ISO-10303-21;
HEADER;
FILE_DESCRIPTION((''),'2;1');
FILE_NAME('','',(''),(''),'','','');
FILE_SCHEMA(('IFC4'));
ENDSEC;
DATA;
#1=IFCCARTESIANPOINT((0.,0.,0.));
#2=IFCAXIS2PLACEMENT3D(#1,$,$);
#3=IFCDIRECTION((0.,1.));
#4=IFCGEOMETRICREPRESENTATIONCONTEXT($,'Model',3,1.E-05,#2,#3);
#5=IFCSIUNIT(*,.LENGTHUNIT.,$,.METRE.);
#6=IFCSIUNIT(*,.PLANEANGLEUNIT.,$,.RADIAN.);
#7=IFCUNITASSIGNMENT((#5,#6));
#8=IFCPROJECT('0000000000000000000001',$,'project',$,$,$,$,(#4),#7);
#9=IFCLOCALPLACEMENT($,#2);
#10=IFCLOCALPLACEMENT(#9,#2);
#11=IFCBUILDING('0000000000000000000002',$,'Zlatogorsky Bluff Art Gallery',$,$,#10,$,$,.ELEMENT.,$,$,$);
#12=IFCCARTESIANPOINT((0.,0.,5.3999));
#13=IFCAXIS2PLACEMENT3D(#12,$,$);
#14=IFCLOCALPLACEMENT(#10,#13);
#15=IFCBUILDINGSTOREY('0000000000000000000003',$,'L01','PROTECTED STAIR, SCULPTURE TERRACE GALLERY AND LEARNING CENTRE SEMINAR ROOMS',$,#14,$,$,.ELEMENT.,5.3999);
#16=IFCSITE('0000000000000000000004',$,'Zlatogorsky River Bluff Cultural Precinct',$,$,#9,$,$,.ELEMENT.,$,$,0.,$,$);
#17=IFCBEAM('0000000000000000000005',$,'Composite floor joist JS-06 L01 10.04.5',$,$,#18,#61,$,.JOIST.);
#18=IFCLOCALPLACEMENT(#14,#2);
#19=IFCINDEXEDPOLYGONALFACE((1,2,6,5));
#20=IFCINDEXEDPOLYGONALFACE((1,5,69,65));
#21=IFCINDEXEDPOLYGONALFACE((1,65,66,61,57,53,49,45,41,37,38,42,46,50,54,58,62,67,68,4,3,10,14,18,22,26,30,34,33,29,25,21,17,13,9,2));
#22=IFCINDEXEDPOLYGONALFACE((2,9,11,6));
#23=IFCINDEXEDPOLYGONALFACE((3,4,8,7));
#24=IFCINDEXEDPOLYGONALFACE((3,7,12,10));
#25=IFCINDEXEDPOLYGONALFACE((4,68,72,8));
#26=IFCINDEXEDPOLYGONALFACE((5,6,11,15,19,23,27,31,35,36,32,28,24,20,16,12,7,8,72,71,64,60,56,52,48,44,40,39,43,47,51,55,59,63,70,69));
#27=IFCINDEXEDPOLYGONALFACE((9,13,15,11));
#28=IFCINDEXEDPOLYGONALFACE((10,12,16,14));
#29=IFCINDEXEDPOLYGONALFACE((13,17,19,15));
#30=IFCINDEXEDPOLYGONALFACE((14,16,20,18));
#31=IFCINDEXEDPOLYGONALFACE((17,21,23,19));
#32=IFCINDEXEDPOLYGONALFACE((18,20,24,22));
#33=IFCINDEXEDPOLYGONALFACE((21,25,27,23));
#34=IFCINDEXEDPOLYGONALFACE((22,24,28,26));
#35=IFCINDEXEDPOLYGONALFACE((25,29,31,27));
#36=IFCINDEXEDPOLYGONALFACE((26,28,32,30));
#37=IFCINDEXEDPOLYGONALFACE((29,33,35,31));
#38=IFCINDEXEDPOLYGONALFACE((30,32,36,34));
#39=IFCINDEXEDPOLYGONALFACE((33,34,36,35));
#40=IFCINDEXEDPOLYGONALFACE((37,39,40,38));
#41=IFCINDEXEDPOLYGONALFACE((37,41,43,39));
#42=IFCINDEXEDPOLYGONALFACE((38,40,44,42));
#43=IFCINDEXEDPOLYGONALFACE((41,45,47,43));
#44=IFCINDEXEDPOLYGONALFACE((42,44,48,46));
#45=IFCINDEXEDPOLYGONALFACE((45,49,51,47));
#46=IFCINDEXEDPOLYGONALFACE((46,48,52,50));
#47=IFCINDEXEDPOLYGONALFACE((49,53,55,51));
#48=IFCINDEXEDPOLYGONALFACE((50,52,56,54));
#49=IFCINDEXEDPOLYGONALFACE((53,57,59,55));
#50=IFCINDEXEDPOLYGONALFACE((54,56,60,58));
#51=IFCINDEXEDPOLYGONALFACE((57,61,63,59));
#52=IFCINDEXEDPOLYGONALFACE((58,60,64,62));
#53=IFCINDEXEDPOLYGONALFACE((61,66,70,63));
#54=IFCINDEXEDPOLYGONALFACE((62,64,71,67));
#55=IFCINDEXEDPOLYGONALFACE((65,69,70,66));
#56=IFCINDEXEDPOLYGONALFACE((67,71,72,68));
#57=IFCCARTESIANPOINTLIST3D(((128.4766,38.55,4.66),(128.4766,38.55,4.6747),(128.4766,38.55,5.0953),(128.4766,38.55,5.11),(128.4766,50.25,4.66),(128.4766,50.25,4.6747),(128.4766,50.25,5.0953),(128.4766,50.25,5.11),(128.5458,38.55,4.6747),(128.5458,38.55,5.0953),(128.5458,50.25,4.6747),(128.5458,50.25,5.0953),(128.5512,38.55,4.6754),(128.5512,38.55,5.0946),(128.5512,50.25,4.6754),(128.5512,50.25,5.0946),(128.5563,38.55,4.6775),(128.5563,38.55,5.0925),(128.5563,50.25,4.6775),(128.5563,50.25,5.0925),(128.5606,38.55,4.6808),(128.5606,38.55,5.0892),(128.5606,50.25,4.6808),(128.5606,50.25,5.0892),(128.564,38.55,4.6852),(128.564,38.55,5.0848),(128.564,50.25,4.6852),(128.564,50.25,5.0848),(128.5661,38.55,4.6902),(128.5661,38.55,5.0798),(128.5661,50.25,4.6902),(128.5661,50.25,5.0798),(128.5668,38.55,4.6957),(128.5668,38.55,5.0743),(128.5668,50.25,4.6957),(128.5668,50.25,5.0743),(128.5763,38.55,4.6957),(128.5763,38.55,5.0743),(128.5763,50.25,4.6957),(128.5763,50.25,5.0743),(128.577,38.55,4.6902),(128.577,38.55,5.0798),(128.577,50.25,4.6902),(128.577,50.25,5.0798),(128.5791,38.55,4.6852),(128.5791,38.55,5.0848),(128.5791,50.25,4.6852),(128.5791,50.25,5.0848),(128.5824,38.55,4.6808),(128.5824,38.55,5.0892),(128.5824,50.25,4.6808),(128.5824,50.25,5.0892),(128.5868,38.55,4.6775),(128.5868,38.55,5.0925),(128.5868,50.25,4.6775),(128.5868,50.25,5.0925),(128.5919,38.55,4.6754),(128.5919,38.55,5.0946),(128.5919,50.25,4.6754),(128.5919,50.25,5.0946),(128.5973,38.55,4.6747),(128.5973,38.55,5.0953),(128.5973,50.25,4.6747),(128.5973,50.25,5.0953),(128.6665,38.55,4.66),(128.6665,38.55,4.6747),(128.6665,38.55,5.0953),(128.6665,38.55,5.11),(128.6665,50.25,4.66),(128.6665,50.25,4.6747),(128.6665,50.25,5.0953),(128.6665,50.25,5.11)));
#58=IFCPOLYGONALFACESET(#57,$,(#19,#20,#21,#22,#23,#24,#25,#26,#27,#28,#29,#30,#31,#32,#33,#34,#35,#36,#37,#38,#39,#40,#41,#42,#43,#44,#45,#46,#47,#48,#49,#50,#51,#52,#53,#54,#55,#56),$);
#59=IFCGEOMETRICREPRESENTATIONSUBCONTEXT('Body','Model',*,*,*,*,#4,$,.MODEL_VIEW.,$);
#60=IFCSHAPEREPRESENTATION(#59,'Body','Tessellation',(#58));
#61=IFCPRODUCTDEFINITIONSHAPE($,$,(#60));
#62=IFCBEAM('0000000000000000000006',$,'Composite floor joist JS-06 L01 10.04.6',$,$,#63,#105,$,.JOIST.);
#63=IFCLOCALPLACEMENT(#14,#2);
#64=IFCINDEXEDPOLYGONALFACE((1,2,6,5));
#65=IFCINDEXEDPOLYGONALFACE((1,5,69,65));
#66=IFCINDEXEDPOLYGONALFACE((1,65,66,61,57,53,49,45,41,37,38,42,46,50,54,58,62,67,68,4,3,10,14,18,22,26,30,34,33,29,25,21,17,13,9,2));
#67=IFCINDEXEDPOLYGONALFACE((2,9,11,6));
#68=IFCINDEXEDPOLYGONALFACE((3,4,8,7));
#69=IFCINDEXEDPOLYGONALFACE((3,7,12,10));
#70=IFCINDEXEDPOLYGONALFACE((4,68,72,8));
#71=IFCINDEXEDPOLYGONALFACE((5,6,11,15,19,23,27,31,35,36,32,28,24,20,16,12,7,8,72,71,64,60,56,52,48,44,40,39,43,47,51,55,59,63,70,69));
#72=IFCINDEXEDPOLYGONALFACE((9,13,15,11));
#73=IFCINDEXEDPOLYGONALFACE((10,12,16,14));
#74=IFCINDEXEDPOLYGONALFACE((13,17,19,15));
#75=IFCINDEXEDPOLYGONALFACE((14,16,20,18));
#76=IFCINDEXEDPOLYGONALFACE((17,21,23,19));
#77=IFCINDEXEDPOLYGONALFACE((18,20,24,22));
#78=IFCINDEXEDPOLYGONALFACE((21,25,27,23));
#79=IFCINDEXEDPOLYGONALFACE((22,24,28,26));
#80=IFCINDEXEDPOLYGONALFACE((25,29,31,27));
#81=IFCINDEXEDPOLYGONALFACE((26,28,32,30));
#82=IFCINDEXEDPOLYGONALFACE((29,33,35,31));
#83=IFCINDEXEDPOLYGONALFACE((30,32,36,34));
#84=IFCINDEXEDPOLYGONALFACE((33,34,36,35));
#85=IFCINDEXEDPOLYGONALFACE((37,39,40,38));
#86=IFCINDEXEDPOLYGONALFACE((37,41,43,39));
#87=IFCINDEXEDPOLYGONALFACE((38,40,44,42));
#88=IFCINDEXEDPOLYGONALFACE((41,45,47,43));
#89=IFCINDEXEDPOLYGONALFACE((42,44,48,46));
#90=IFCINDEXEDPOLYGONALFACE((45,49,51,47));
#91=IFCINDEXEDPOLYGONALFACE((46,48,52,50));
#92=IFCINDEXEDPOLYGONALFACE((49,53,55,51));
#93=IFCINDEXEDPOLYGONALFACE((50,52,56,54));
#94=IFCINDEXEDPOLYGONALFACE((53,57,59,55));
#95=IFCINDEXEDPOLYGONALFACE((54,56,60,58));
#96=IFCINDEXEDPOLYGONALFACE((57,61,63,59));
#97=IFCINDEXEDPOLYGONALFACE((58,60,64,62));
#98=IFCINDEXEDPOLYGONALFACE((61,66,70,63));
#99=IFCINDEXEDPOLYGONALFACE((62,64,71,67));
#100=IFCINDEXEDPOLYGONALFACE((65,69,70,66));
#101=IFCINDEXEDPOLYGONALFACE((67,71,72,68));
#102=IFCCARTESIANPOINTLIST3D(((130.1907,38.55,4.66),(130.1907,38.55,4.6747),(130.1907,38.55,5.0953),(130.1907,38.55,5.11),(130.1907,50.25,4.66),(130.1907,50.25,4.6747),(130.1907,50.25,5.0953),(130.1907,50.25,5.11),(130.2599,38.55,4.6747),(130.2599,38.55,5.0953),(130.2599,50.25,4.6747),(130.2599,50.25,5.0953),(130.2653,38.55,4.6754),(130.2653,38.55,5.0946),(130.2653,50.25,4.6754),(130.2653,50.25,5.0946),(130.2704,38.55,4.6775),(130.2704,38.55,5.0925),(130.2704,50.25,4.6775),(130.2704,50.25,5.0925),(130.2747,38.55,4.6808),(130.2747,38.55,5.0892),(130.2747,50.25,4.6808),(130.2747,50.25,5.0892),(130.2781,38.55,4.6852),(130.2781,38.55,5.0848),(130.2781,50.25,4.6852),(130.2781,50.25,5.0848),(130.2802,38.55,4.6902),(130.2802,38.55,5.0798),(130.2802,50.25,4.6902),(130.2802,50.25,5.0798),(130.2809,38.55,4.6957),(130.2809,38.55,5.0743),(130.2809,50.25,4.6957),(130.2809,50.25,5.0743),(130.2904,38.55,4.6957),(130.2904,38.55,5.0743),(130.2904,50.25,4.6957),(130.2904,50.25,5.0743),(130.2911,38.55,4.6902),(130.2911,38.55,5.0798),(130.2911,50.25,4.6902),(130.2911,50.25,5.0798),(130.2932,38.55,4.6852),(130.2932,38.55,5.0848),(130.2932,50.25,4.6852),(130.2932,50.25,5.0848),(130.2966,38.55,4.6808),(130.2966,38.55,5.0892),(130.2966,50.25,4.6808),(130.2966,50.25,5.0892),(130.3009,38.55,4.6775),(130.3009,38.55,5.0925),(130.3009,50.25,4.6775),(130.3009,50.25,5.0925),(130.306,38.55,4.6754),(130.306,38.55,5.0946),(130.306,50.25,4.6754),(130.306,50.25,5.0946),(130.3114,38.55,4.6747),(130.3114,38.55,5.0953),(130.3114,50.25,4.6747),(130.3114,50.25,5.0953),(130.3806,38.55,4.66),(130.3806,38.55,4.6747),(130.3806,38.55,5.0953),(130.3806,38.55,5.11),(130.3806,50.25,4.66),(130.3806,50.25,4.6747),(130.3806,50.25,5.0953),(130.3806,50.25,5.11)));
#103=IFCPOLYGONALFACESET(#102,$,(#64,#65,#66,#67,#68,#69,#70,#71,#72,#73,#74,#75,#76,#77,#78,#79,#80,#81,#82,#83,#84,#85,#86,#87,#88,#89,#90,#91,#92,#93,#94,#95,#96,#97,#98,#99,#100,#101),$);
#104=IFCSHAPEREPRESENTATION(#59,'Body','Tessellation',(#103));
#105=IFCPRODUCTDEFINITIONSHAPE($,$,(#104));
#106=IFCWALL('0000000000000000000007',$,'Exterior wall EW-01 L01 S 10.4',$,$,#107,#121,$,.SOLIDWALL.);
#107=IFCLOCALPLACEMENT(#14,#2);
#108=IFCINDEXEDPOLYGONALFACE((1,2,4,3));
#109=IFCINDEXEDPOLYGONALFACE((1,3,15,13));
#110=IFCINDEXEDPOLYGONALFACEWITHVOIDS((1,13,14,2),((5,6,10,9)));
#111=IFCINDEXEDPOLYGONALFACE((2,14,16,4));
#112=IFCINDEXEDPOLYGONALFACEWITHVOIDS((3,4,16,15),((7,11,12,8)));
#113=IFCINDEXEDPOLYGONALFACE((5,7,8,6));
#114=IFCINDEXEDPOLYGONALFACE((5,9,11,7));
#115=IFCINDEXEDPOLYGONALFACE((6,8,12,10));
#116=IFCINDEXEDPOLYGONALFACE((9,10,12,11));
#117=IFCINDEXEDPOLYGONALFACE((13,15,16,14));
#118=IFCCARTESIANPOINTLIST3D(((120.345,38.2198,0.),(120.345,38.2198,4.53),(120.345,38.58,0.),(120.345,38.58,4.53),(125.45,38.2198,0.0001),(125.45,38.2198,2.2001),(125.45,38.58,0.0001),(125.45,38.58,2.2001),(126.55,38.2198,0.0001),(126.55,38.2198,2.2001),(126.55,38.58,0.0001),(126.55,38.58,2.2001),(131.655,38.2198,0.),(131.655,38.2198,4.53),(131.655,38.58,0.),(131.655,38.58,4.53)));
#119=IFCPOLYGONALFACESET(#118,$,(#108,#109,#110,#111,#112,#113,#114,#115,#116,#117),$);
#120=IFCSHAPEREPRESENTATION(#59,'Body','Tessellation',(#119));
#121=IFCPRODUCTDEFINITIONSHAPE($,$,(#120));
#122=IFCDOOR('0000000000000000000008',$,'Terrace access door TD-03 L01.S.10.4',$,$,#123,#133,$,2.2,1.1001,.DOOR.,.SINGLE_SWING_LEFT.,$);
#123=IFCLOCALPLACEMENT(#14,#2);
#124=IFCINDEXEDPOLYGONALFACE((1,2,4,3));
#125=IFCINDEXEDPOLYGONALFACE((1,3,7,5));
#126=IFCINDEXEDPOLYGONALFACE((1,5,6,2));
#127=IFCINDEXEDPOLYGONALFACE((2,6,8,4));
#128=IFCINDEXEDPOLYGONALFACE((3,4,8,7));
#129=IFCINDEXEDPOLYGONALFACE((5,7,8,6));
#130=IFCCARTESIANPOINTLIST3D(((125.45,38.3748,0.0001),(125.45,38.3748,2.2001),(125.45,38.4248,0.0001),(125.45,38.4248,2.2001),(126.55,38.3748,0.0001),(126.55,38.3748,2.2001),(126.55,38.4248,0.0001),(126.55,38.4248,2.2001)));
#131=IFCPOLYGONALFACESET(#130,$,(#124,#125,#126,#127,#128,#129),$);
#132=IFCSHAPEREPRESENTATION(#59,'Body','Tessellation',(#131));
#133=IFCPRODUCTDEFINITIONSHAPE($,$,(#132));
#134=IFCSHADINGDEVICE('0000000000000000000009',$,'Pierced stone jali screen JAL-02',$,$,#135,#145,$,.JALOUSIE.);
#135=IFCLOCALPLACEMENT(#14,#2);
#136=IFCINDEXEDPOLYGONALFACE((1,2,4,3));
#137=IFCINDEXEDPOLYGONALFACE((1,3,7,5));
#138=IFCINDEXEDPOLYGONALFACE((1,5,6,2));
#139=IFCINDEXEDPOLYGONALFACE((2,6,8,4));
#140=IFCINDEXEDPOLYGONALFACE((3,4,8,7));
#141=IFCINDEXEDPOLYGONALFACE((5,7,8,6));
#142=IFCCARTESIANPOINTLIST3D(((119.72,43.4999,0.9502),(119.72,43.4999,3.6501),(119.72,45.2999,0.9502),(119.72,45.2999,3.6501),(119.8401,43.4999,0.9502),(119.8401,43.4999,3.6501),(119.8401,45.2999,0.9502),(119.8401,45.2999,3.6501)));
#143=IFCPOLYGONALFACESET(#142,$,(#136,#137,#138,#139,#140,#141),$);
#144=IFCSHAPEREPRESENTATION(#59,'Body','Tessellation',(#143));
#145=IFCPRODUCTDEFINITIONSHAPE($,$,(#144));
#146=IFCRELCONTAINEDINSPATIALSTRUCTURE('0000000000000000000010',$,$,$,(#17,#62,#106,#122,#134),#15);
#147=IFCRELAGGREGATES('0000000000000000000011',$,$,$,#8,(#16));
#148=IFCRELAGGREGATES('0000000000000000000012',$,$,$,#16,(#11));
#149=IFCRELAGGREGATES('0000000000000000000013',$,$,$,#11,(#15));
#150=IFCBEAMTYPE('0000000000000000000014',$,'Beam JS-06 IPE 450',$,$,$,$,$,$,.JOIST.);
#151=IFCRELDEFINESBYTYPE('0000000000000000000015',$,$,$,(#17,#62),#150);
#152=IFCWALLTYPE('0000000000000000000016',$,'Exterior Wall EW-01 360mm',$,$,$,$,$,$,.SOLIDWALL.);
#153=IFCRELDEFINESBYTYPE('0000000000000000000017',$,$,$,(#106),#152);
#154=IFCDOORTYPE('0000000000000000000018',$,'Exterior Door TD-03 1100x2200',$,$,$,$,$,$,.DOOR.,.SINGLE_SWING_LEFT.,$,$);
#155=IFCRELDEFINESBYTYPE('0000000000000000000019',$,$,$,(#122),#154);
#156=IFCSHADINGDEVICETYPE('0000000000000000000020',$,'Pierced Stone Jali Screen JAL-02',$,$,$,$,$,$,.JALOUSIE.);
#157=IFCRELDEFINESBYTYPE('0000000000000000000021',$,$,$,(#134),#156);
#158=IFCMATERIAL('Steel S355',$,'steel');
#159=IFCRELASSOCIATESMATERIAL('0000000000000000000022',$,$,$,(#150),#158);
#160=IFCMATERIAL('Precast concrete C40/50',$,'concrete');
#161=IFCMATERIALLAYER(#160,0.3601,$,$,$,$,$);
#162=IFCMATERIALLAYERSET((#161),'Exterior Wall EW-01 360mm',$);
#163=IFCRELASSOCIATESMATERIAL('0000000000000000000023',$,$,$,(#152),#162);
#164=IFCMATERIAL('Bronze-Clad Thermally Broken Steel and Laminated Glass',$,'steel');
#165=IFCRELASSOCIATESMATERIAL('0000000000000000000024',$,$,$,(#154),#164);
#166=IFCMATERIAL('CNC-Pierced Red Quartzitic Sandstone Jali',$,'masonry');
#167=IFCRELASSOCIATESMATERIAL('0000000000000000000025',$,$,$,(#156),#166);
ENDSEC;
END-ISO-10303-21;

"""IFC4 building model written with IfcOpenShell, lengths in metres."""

from ifc_helpers import new_model, si_unit, direction, frame, frame_2d, origin, origin_2d, place, context, subcontext, project, spatial, rectangle, i_section, extrude, material, layer, layer_set, material_profile, profile_set, type_object, element, fill, save


model = new_model("IFC4")

# Units and contexts
model_context = context("Model", 3, precision=1e-05, world=origin(), true_north=direction((0.0, 1.0)))
body_context = subcontext(model_context, "Body", "Model", "MODEL_VIEW")
ifc_project = project(units=[si_unit("LENGTHUNIT", "METRE"), si_unit("PLANEANGLEUNIT", "RADIAN")], contexts=[model_context])

# Site, building, storey
site_placement = place(None, origin())
site = spatial("IfcSite", under=ifc_project, at=site_placement, Name="Zlatogorsky River Bluff Cultural Precinct", CompositionType="ELEMENT", RefElevation=0.0)
building_placement = place(site_placement, origin())
building = spatial("IfcBuilding", under=site, at=building_placement, Name="Zlatogorsky Bluff Art Gallery", CompositionType="ELEMENT")
storey_placement = place(building_placement, frame((0.0, 0.0, 5.3999)))
storey = spatial("IfcBuildingStorey", under=building, at=storey_placement, Name="L01", Description="PROTECTED STAIR, SCULPTURE TERRACE GALLERY AND LEARNING CENTRE SEMINAR ROOMS", CompositionType="ELEMENT", Elevation=5.3999)

# Beams
ifc_material_1 = material(Name="Steel S355", Category="steel")
ifc_material_profile_1 = material_profile(ifc_material_1, i_section(OverallWidth=0.1899, OverallDepth=0.45, WebThickness=0.0095, FlangeThickness=0.0146, FilletRadius=0.021, at=origin_2d()), Name="IPE 450")
ifc_profile_set_1 = profile_set([ifc_material_profile_1], Name="Steel S355")
beam_type_1 = type_object("IfcBeamType", Name="Beam JS-06 IPE 450", PredefinedType="JOIST", material=ifc_profile_set_1)
for number, where, z_axis, x_axis, name in (
    (1, (128.5715, 38.55, 4.885), (0.0, 1.0, 0.0), (-1.0, 0.0, 0.0), "Composite floor joist JS-06 L01 10.04.5"),
    (2, (130.2856, 38.55, 4.885), (0.0, 1.0, 0.0), (-1.0, 0.0, 0.0), "Composite floor joist JS-06 L01 10.04.6"),
):
    element("IfcBeam", number, at=place(storey_placement, frame(where, z_axis=z_axis, x_axis=x_axis)), inside=storey, type_object=beam_type_1, Name=name, PredefinedType="JOIST", context=body_context, shape_type="SweptSolid", body=[
        extrude(i_section(OverallWidth=0.1899, OverallDepth=0.45, WebThickness=0.0095, FlangeThickness=0.0146, FilletRadius=0.021, at=origin_2d()), origin(), (0.0, 0.0, 1.0), 11.7),
    ])

# Wall, opening, door
ifc_material_2 = material(Name="Precast concrete C40/50", Category="concrete")
ifc_layer = layer(ifc_material_2, 0.3601)
ifc_layer_set = layer_set([ifc_layer], Name="Exterior Wall EW-01 360mm")
wall_type = type_object("IfcWallType", Name="Exterior Wall EW-01 360mm", PredefinedType="SOLIDWALL", material=ifc_layer_set)
wall_placement = place(storey_placement, frame((120.345, 38.3999, 0.0), z_axis=(0.0, 0.0, 1.0), x_axis=(1.0, 0.0, 0.0)))
wall = element("IfcWall", 3, at=wall_placement, inside=storey, type_object=wall_type, Name="Exterior wall EW-01 L01 S 10.4", PredefinedType="SOLIDWALL", context=body_context, shape_type="SweptSolid", body=[
    extrude(rectangle(XDim=11.3101, YDim=0.3601, at=frame_2d((5.655, 0.0))), origin(), (0.0, 0.0, 1.0), 4.53),
])
opening_placement = place(wall_placement, frame((5.105, 0.0, 0.0)))
opening = element("IfcOpeningElement", 4, at=opening_placement, cuts=wall, PredefinedType="OPENING", context=body_context, shape_type="SweptSolid", body=[
    extrude(rectangle(XDim=1.1001, YDim=2.2, at=frame_2d((0.55, 1.1001))), frame((0.0, 0.1899, 0.0), z_axis=(0.0, -1.0, 0.0), x_axis=(1.0, 0.0, 0.0)), (0.0, 0.0, 1.0), 0.3801),
])
ifc_material_3 = material(Name="Bronze-Clad Thermally Broken Steel and Laminated Glass", Category="steel")
door_type = type_object("IfcDoorType", Name="Exterior Door TD-03 1100x2200", OperationType="SINGLE_SWING_LEFT", PredefinedType="DOOR", material=ifc_material_3)
door_placement = place(opening_placement, origin())
door = element("IfcDoor", 5, at=door_placement, inside=storey, type_object=door_type, Name="Terrace access door TD-03 L01.S.10.4", OperationType="SINGLE_SWING_LEFT", OverallHeight=2.2, OverallWidth=1.1001, PredefinedType="DOOR", context=body_context, shape_type="SweptSolid", body=[
    extrude(rectangle(XDim=1.1001, YDim=2.2, at=frame_2d((0.55, 1.1001))), frame((0.0, 0.0249, 0.0), z_axis=(0.0, -1.0, 0.0), x_axis=(1.0, 0.0, 0.0)), (0.0, 0.0, 1.0), 0.05),
])
fill(opening, door)

# Shading device
ifc_material_4 = material(Name="CNC-Pierced Red Quartzitic Sandstone Jali", Category="masonry")
shading_device_type = type_object("IfcShadingDeviceType", Name="Pierced Stone Jali Screen JAL-02", PredefinedType="JALOUSIE", material=ifc_material_4)
shading_device_placement = place(storey_placement, frame((119.78, 44.3999, 0.9502), z_axis=(0.0, 0.0, 1.0), x_axis=(1.0, 0.0, 0.0)))
element("IfcShadingDevice", 6, at=shading_device_placement, inside=storey, type_object=shading_device_type, Name="Pierced stone jali screen JAL-02", PredefinedType="JALOUSIE", context=body_context, shape_type="SweptSolid", body=[
    extrude(rectangle(XDim=0.1201, YDim=1.8, at=origin_2d()), origin(), (0.0, 0.0, 1.0), 2.7),
])

save(model, "model.ifc")
